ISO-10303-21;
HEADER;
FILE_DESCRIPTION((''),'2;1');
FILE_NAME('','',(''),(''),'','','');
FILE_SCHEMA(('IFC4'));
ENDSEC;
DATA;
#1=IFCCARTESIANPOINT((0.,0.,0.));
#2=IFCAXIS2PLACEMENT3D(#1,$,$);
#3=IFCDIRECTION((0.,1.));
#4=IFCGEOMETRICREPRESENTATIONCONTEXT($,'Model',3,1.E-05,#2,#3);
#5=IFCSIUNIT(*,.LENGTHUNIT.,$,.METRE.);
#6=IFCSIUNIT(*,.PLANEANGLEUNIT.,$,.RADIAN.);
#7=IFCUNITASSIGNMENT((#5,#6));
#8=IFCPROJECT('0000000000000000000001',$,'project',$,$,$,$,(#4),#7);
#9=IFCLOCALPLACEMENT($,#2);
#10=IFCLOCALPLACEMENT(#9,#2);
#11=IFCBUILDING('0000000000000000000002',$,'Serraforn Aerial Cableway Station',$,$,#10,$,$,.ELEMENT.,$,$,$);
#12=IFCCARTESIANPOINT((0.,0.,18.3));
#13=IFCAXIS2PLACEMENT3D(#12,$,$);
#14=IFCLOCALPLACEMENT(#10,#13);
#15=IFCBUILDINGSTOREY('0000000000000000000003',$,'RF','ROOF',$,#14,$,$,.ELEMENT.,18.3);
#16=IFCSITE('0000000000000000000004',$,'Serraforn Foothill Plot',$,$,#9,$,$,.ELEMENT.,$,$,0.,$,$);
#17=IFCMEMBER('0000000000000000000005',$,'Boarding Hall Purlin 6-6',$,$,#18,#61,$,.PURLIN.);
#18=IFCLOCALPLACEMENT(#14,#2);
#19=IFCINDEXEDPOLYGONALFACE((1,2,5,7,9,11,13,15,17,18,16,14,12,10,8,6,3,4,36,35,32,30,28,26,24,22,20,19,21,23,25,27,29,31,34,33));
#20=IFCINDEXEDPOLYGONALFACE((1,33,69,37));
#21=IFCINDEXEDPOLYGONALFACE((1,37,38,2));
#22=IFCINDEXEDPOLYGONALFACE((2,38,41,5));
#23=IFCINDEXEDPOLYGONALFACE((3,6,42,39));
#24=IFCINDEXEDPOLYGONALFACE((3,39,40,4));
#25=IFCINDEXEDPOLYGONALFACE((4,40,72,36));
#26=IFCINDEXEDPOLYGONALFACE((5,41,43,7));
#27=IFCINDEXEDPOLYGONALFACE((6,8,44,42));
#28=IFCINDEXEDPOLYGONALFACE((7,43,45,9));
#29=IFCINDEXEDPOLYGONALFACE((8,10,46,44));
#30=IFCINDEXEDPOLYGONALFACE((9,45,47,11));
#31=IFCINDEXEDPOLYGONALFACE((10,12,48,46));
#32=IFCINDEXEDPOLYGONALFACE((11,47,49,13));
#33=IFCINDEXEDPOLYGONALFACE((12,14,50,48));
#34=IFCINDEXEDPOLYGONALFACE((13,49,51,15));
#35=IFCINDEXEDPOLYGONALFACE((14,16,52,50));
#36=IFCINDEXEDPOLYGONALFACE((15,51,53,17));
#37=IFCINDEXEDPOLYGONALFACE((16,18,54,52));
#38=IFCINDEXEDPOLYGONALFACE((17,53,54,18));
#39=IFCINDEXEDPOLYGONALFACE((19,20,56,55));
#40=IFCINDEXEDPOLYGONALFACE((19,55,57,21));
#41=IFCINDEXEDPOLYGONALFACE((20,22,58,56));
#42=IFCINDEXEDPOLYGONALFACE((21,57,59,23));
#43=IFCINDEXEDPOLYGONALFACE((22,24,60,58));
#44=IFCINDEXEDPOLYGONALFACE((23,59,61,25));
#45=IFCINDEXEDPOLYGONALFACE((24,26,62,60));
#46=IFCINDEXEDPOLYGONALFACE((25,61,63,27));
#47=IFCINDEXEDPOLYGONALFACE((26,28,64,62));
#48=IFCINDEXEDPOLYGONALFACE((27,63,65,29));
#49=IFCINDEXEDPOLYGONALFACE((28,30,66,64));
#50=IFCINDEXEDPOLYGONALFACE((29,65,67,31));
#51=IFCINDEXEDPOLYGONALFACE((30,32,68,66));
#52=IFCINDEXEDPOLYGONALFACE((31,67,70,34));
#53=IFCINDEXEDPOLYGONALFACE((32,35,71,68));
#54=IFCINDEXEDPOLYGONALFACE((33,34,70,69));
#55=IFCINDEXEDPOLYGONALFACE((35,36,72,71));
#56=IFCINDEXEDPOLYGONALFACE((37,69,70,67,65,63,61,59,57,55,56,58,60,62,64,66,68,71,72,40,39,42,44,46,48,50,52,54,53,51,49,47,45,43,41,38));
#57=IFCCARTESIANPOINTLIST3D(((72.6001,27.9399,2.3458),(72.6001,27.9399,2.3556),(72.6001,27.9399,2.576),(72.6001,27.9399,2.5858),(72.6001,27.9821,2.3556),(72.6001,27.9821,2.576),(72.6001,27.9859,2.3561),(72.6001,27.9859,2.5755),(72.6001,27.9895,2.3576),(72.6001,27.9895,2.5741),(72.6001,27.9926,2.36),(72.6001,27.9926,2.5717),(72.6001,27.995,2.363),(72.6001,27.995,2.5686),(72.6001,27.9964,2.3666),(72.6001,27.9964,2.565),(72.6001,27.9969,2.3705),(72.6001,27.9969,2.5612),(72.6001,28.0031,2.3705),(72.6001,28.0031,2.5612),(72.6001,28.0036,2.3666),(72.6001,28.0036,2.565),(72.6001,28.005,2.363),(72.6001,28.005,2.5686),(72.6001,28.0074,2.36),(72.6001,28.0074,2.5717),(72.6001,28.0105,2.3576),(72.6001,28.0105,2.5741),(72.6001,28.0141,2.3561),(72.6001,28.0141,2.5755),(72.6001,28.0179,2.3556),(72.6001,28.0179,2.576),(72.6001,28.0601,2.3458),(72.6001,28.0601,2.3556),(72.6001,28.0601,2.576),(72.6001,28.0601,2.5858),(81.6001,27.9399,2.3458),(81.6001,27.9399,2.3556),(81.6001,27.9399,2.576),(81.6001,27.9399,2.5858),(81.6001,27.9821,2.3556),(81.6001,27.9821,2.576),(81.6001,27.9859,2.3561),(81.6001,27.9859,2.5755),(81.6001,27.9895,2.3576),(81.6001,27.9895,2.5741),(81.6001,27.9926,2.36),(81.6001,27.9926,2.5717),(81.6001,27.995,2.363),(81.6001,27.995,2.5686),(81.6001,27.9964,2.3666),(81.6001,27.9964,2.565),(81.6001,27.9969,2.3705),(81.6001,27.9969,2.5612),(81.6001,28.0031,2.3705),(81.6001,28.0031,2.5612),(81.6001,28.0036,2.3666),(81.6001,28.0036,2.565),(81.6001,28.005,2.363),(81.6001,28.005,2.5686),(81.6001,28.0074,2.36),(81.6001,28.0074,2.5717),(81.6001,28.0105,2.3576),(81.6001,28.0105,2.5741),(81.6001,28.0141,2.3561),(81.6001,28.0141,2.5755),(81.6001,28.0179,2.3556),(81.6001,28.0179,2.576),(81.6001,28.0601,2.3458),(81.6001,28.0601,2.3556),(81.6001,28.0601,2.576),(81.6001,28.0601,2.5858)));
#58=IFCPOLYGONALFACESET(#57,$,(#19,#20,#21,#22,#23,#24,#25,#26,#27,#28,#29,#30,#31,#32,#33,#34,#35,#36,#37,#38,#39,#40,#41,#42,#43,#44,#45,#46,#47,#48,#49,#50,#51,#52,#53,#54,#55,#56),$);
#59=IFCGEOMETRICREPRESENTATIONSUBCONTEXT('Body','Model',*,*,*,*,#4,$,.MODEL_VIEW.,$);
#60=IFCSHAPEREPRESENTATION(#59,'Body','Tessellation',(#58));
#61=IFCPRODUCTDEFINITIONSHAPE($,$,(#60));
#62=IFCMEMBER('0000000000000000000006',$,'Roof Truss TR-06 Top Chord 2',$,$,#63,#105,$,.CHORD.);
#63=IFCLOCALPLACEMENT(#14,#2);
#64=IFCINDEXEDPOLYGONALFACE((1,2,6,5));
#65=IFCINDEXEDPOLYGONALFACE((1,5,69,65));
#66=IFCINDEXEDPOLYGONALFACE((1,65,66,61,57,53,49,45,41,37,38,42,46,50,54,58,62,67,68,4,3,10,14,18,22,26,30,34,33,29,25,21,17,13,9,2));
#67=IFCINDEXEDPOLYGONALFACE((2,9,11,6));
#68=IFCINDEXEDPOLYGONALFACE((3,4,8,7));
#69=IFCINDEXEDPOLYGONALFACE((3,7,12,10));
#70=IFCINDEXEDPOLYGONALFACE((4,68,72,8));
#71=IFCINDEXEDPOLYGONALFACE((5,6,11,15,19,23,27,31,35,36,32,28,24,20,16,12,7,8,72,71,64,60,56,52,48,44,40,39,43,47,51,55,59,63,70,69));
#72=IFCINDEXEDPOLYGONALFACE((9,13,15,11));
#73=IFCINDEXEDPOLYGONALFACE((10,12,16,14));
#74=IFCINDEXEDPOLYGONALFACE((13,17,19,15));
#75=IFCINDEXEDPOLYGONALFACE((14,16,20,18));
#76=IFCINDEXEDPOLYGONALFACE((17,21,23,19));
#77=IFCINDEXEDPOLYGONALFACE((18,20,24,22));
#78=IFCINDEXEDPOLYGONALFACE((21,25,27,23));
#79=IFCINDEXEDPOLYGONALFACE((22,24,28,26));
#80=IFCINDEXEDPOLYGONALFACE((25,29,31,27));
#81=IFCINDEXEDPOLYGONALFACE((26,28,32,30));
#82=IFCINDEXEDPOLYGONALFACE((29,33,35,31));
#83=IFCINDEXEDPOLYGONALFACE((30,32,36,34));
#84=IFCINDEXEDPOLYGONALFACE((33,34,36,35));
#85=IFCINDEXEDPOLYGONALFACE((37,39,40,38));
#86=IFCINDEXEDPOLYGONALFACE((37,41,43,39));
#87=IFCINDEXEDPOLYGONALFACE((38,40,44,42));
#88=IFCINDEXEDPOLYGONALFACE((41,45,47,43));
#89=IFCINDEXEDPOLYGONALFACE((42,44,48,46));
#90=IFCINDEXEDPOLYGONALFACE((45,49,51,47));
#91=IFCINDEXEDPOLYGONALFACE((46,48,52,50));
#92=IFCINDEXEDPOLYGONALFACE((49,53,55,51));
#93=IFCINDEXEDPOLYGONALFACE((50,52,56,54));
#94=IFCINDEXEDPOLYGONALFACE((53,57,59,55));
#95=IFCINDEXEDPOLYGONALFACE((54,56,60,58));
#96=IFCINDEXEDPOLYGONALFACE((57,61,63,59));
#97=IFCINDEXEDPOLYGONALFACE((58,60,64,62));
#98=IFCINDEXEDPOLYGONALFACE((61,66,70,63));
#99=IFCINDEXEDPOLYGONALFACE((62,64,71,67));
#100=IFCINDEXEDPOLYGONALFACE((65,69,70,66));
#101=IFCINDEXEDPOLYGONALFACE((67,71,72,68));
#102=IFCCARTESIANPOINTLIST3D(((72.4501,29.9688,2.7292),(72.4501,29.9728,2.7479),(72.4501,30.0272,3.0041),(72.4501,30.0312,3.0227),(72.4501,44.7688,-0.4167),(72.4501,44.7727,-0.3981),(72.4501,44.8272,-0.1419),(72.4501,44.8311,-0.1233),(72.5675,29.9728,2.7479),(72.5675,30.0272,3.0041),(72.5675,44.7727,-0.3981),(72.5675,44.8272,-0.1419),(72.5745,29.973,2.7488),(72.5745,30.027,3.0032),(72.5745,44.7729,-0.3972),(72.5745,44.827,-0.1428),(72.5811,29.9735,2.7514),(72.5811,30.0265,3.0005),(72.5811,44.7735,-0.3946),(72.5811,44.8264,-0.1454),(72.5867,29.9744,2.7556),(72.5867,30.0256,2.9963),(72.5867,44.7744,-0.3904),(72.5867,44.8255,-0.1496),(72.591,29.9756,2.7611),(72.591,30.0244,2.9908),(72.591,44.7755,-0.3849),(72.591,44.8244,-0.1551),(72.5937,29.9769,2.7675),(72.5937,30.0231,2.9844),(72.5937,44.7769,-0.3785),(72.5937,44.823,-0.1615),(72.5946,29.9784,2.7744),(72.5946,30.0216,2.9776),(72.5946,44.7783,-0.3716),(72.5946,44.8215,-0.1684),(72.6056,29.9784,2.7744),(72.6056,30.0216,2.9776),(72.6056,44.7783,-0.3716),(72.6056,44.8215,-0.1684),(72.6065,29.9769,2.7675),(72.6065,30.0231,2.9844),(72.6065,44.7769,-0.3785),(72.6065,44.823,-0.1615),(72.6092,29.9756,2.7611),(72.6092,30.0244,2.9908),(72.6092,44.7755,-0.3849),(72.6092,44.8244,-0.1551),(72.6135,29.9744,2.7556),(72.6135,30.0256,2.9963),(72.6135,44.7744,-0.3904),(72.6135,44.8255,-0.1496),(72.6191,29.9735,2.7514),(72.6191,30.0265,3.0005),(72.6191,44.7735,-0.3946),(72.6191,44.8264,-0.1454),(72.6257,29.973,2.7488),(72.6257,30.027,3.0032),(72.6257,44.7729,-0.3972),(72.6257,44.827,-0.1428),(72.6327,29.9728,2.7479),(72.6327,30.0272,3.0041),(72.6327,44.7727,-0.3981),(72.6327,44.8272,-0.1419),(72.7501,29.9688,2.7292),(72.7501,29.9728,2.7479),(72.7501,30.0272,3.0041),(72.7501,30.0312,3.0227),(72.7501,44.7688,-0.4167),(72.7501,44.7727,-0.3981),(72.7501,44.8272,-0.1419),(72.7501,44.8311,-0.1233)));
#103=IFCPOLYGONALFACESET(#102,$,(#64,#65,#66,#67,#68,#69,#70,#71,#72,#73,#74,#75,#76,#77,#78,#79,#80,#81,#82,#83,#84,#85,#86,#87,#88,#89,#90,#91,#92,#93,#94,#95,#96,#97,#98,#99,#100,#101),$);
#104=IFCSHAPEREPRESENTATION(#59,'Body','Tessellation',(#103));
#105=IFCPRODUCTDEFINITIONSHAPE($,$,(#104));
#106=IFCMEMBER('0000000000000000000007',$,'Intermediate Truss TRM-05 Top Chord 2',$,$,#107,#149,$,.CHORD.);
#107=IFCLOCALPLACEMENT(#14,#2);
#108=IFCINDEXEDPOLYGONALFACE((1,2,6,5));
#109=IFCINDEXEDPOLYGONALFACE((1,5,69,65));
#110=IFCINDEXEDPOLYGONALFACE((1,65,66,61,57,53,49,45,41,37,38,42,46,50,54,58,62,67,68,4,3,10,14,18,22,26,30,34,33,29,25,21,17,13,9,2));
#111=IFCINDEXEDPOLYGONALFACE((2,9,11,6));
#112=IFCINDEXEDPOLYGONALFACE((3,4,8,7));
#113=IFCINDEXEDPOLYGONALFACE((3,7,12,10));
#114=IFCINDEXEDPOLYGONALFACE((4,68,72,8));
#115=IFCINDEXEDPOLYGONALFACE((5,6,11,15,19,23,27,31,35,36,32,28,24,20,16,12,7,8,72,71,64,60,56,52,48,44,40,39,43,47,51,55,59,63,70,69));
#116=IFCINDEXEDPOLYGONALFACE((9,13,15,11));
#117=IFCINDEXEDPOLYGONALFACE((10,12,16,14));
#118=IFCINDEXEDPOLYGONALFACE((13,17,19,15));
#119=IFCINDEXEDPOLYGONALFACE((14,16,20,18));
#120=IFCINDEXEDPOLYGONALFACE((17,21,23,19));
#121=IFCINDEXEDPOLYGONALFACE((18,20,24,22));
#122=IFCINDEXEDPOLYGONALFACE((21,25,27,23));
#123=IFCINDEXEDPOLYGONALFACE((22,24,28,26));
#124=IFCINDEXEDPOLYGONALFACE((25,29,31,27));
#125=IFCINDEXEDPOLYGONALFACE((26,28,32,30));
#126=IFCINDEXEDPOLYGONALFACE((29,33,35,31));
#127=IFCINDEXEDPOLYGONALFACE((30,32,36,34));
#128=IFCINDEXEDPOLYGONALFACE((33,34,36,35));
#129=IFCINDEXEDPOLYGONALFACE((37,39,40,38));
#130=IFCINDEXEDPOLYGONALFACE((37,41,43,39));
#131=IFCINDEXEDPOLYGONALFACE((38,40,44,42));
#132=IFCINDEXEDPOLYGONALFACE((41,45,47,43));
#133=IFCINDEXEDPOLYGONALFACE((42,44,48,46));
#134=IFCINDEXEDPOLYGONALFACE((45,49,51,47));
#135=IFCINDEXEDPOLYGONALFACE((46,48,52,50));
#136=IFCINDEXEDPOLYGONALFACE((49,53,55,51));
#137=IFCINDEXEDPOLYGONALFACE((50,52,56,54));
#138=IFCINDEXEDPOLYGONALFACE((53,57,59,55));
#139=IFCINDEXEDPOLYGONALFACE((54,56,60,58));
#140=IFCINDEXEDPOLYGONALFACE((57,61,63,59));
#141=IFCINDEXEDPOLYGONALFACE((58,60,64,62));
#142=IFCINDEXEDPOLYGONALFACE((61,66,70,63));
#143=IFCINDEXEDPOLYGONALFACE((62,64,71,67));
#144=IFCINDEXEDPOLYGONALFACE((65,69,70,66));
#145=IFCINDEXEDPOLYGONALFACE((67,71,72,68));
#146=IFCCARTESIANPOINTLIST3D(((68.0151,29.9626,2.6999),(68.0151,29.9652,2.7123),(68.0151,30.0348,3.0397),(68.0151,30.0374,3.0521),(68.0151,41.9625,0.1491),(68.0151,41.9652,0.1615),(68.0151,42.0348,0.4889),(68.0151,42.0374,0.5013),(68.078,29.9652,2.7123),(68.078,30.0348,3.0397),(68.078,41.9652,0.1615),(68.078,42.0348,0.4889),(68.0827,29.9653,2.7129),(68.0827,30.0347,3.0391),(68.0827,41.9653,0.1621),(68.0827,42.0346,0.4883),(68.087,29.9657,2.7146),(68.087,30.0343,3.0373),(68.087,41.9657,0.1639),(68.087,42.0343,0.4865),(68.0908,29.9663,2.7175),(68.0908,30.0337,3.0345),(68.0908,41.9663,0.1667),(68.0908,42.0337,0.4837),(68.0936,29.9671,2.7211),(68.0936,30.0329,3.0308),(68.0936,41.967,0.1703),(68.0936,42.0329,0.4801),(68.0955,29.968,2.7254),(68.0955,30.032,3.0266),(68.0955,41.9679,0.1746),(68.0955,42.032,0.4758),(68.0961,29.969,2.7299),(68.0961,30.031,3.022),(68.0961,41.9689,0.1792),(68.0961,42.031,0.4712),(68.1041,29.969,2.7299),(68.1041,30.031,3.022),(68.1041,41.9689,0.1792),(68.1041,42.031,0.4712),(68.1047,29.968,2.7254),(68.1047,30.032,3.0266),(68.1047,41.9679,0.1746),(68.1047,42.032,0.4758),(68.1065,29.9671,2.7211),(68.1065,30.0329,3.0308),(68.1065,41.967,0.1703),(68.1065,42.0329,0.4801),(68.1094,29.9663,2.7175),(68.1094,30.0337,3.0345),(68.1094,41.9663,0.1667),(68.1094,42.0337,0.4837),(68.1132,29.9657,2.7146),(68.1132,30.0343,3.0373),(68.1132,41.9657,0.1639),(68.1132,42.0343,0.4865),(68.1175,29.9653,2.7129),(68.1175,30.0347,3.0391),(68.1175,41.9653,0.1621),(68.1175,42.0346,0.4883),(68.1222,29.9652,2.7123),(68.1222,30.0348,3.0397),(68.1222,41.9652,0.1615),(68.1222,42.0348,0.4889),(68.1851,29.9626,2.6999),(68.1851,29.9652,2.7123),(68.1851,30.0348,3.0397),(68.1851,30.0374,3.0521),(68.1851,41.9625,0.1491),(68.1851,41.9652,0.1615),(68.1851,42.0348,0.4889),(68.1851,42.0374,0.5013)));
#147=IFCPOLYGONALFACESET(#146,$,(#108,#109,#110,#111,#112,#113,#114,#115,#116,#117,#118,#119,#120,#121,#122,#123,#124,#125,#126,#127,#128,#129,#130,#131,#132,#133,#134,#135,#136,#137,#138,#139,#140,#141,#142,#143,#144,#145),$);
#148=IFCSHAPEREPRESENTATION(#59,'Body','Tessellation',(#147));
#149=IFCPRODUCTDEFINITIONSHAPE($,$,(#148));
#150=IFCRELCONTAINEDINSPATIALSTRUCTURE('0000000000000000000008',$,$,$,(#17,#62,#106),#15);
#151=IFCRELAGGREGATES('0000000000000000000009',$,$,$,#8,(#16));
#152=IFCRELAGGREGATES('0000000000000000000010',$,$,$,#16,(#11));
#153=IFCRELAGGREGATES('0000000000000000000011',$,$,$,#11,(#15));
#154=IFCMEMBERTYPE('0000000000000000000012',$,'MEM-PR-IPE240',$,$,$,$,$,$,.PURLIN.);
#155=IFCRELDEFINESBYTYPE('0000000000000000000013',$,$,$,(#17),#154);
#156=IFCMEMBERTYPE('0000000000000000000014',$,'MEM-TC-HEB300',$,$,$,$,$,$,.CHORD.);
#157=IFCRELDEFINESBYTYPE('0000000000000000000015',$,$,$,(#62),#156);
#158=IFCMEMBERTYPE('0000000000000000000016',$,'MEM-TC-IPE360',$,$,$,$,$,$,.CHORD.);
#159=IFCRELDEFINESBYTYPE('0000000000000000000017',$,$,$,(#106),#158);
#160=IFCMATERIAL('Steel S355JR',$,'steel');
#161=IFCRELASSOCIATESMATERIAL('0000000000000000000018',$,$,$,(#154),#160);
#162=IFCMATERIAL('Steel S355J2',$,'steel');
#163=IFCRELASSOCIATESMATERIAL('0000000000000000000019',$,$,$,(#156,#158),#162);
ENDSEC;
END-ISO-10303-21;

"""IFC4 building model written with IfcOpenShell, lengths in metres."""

from ifc_helpers import new_model, si_unit, direction, frame, origin, origin_2d, place, context, subcontext, project, spatial, i_section, extrude, material, material_profile, profile_set, type_object, element, save


model = new_model("IFC4")

# Units and contexts
model_context = context("Model", 3, precision=1e-05, world=origin(), true_north=direction((0.0, 1.0)))
body_context = subcontext(model_context, "Body", "Model", "MODEL_VIEW")
ifc_project = project(units=[si_unit("LENGTHUNIT", "METRE"), si_unit("PLANEANGLEUNIT", "RADIAN")], contexts=[model_context])

# Site, building, storey
site_placement = place(None, origin())
site = spatial("IfcSite", under=ifc_project, at=site_placement, Name="Serraforn Foothill Plot", CompositionType="ELEMENT", RefElevation=0.0)
building_placement = place(site_placement, origin())
building = spatial("IfcBuilding", under=site, at=building_placement, Name="Serraforn Aerial Cableway Station", CompositionType="ELEMENT")
storey_placement = place(building_placement, frame((0.0, 0.0, 18.3)))
storey = spatial("IfcBuildingStorey", under=building, at=storey_placement, Name="RF", Description="ROOF", CompositionType="ELEMENT", Elevation=18.3)

# Members
ifc_material_1 = material(Name="Steel S355J2", Category="steel")
ifc_material_2 = material(Name="Steel S355JR", Category="steel")
ifc_material_profile_1 = material_profile(ifc_material_2, i_section(OverallWidth=0.1201, OverallDepth=0.24, WebThickness=0.0061, FlangeThickness=0.0098, FilletRadius=0.0149, at=origin_2d()), Name="IPE 240")
ifc_profile_set_1 = profile_set([ifc_material_profile_1], Name="Steel S355JR")
member_type_1 = type_object("IfcMemberType", Name="MEM-PR-IPE240", PredefinedType="PURLIN", material=ifc_profile_set_1)
for number, where, z_axis, x_axis, name in (
    (1, (72.6001, 28.0, 2.4658), (1.0, 0.0, 0.0), (0.0, 1.0, 0.0), "Boarding Hall Purlin 6-6"),
):
    element("IfcMember", number, at=place(storey_placement, frame(where, z_axis=z_axis, x_axis=x_axis)), inside=storey, type_object=member_type_1, Name=name, PredefinedType="PURLIN", context=body_context, shape_type="SweptSolid", body=[
        extrude(i_section(OverallWidth=0.1201, OverallDepth=0.24, WebThickness=0.0061, FlangeThickness=0.0098, FilletRadius=0.0149, at=origin_2d()), origin(), (0.0, 0.0, 1.0), 9.0),
    ])
ifc_material_profile_2 = material_profile(ifc_material_1, i_section(OverallWidth=0.3, OverallDepth=0.3, WebThickness=0.011, FlangeThickness=0.019, FilletRadius=0.0271, at=origin_2d()), Name="HEB 300")
ifc_profile_set_2 = profile_set([ifc_material_profile_2], Name="Steel S355J2")
member_type_2 = type_object("IfcMemberType", Name="MEM-TC-HEB300", PredefinedType="CHORD", material=ifc_profile_set_2)
member_1_placement = place(storey_placement, frame((72.6001, 30.0, 2.876), z_axis=(0.0, 0.978146, -0.207921), x_axis=(-1.0, 0.0, 0.0)))
element("IfcMember", 2, at=member_1_placement, inside=storey, type_object=member_type_2, Name="Roof Truss TR-06 Top Chord 2", PredefinedType="CHORD", context=body_context, shape_type="SweptSolid", body=[
    extrude(i_section(OverallWidth=0.3, OverallDepth=0.3, WebThickness=0.011, FlangeThickness=0.019, FilletRadius=0.0271, at=origin_2d()), origin(), (0.0, 0.0, 1.0), 15.1306),
])
ifc_material_profile_3 = material_profile(ifc_material_1, i_section(OverallWidth=0.1699, OverallDepth=0.3601, WebThickness=0.0081, FlangeThickness=0.0127, FilletRadius=0.0181, at=origin_2d()), Name="IPE 360")
ifc_profile_set_3 = profile_set([ifc_material_profile_3], Name="Steel S355J2")
member_type_3 = type_object("IfcMemberType", Name="MEM-TC-IPE360", PredefinedType="CHORD", material=ifc_profile_set_3)
member_2_placement = place(storey_placement, frame((68.1001, 30.0, 2.876), z_axis=(0.0, 0.978146, -0.20792), x_axis=(-1.0, 0.0, 0.0)))
element("IfcMember", 3, at=member_2_placement, inside=storey, type_object=member_type_3, Name="Intermediate Truss TRM-05 Top Chord 2", PredefinedType="CHORD", context=body_context, shape_type="SweptSolid", body=[
    extrude(i_section(OverallWidth=0.1699, OverallDepth=0.3601, WebThickness=0.0081, FlangeThickness=0.0127, FilletRadius=0.0181, at=origin_2d()), origin(), (0.0, 0.0, 1.0), 12.2681),
])

save(model, "model.ifc")
